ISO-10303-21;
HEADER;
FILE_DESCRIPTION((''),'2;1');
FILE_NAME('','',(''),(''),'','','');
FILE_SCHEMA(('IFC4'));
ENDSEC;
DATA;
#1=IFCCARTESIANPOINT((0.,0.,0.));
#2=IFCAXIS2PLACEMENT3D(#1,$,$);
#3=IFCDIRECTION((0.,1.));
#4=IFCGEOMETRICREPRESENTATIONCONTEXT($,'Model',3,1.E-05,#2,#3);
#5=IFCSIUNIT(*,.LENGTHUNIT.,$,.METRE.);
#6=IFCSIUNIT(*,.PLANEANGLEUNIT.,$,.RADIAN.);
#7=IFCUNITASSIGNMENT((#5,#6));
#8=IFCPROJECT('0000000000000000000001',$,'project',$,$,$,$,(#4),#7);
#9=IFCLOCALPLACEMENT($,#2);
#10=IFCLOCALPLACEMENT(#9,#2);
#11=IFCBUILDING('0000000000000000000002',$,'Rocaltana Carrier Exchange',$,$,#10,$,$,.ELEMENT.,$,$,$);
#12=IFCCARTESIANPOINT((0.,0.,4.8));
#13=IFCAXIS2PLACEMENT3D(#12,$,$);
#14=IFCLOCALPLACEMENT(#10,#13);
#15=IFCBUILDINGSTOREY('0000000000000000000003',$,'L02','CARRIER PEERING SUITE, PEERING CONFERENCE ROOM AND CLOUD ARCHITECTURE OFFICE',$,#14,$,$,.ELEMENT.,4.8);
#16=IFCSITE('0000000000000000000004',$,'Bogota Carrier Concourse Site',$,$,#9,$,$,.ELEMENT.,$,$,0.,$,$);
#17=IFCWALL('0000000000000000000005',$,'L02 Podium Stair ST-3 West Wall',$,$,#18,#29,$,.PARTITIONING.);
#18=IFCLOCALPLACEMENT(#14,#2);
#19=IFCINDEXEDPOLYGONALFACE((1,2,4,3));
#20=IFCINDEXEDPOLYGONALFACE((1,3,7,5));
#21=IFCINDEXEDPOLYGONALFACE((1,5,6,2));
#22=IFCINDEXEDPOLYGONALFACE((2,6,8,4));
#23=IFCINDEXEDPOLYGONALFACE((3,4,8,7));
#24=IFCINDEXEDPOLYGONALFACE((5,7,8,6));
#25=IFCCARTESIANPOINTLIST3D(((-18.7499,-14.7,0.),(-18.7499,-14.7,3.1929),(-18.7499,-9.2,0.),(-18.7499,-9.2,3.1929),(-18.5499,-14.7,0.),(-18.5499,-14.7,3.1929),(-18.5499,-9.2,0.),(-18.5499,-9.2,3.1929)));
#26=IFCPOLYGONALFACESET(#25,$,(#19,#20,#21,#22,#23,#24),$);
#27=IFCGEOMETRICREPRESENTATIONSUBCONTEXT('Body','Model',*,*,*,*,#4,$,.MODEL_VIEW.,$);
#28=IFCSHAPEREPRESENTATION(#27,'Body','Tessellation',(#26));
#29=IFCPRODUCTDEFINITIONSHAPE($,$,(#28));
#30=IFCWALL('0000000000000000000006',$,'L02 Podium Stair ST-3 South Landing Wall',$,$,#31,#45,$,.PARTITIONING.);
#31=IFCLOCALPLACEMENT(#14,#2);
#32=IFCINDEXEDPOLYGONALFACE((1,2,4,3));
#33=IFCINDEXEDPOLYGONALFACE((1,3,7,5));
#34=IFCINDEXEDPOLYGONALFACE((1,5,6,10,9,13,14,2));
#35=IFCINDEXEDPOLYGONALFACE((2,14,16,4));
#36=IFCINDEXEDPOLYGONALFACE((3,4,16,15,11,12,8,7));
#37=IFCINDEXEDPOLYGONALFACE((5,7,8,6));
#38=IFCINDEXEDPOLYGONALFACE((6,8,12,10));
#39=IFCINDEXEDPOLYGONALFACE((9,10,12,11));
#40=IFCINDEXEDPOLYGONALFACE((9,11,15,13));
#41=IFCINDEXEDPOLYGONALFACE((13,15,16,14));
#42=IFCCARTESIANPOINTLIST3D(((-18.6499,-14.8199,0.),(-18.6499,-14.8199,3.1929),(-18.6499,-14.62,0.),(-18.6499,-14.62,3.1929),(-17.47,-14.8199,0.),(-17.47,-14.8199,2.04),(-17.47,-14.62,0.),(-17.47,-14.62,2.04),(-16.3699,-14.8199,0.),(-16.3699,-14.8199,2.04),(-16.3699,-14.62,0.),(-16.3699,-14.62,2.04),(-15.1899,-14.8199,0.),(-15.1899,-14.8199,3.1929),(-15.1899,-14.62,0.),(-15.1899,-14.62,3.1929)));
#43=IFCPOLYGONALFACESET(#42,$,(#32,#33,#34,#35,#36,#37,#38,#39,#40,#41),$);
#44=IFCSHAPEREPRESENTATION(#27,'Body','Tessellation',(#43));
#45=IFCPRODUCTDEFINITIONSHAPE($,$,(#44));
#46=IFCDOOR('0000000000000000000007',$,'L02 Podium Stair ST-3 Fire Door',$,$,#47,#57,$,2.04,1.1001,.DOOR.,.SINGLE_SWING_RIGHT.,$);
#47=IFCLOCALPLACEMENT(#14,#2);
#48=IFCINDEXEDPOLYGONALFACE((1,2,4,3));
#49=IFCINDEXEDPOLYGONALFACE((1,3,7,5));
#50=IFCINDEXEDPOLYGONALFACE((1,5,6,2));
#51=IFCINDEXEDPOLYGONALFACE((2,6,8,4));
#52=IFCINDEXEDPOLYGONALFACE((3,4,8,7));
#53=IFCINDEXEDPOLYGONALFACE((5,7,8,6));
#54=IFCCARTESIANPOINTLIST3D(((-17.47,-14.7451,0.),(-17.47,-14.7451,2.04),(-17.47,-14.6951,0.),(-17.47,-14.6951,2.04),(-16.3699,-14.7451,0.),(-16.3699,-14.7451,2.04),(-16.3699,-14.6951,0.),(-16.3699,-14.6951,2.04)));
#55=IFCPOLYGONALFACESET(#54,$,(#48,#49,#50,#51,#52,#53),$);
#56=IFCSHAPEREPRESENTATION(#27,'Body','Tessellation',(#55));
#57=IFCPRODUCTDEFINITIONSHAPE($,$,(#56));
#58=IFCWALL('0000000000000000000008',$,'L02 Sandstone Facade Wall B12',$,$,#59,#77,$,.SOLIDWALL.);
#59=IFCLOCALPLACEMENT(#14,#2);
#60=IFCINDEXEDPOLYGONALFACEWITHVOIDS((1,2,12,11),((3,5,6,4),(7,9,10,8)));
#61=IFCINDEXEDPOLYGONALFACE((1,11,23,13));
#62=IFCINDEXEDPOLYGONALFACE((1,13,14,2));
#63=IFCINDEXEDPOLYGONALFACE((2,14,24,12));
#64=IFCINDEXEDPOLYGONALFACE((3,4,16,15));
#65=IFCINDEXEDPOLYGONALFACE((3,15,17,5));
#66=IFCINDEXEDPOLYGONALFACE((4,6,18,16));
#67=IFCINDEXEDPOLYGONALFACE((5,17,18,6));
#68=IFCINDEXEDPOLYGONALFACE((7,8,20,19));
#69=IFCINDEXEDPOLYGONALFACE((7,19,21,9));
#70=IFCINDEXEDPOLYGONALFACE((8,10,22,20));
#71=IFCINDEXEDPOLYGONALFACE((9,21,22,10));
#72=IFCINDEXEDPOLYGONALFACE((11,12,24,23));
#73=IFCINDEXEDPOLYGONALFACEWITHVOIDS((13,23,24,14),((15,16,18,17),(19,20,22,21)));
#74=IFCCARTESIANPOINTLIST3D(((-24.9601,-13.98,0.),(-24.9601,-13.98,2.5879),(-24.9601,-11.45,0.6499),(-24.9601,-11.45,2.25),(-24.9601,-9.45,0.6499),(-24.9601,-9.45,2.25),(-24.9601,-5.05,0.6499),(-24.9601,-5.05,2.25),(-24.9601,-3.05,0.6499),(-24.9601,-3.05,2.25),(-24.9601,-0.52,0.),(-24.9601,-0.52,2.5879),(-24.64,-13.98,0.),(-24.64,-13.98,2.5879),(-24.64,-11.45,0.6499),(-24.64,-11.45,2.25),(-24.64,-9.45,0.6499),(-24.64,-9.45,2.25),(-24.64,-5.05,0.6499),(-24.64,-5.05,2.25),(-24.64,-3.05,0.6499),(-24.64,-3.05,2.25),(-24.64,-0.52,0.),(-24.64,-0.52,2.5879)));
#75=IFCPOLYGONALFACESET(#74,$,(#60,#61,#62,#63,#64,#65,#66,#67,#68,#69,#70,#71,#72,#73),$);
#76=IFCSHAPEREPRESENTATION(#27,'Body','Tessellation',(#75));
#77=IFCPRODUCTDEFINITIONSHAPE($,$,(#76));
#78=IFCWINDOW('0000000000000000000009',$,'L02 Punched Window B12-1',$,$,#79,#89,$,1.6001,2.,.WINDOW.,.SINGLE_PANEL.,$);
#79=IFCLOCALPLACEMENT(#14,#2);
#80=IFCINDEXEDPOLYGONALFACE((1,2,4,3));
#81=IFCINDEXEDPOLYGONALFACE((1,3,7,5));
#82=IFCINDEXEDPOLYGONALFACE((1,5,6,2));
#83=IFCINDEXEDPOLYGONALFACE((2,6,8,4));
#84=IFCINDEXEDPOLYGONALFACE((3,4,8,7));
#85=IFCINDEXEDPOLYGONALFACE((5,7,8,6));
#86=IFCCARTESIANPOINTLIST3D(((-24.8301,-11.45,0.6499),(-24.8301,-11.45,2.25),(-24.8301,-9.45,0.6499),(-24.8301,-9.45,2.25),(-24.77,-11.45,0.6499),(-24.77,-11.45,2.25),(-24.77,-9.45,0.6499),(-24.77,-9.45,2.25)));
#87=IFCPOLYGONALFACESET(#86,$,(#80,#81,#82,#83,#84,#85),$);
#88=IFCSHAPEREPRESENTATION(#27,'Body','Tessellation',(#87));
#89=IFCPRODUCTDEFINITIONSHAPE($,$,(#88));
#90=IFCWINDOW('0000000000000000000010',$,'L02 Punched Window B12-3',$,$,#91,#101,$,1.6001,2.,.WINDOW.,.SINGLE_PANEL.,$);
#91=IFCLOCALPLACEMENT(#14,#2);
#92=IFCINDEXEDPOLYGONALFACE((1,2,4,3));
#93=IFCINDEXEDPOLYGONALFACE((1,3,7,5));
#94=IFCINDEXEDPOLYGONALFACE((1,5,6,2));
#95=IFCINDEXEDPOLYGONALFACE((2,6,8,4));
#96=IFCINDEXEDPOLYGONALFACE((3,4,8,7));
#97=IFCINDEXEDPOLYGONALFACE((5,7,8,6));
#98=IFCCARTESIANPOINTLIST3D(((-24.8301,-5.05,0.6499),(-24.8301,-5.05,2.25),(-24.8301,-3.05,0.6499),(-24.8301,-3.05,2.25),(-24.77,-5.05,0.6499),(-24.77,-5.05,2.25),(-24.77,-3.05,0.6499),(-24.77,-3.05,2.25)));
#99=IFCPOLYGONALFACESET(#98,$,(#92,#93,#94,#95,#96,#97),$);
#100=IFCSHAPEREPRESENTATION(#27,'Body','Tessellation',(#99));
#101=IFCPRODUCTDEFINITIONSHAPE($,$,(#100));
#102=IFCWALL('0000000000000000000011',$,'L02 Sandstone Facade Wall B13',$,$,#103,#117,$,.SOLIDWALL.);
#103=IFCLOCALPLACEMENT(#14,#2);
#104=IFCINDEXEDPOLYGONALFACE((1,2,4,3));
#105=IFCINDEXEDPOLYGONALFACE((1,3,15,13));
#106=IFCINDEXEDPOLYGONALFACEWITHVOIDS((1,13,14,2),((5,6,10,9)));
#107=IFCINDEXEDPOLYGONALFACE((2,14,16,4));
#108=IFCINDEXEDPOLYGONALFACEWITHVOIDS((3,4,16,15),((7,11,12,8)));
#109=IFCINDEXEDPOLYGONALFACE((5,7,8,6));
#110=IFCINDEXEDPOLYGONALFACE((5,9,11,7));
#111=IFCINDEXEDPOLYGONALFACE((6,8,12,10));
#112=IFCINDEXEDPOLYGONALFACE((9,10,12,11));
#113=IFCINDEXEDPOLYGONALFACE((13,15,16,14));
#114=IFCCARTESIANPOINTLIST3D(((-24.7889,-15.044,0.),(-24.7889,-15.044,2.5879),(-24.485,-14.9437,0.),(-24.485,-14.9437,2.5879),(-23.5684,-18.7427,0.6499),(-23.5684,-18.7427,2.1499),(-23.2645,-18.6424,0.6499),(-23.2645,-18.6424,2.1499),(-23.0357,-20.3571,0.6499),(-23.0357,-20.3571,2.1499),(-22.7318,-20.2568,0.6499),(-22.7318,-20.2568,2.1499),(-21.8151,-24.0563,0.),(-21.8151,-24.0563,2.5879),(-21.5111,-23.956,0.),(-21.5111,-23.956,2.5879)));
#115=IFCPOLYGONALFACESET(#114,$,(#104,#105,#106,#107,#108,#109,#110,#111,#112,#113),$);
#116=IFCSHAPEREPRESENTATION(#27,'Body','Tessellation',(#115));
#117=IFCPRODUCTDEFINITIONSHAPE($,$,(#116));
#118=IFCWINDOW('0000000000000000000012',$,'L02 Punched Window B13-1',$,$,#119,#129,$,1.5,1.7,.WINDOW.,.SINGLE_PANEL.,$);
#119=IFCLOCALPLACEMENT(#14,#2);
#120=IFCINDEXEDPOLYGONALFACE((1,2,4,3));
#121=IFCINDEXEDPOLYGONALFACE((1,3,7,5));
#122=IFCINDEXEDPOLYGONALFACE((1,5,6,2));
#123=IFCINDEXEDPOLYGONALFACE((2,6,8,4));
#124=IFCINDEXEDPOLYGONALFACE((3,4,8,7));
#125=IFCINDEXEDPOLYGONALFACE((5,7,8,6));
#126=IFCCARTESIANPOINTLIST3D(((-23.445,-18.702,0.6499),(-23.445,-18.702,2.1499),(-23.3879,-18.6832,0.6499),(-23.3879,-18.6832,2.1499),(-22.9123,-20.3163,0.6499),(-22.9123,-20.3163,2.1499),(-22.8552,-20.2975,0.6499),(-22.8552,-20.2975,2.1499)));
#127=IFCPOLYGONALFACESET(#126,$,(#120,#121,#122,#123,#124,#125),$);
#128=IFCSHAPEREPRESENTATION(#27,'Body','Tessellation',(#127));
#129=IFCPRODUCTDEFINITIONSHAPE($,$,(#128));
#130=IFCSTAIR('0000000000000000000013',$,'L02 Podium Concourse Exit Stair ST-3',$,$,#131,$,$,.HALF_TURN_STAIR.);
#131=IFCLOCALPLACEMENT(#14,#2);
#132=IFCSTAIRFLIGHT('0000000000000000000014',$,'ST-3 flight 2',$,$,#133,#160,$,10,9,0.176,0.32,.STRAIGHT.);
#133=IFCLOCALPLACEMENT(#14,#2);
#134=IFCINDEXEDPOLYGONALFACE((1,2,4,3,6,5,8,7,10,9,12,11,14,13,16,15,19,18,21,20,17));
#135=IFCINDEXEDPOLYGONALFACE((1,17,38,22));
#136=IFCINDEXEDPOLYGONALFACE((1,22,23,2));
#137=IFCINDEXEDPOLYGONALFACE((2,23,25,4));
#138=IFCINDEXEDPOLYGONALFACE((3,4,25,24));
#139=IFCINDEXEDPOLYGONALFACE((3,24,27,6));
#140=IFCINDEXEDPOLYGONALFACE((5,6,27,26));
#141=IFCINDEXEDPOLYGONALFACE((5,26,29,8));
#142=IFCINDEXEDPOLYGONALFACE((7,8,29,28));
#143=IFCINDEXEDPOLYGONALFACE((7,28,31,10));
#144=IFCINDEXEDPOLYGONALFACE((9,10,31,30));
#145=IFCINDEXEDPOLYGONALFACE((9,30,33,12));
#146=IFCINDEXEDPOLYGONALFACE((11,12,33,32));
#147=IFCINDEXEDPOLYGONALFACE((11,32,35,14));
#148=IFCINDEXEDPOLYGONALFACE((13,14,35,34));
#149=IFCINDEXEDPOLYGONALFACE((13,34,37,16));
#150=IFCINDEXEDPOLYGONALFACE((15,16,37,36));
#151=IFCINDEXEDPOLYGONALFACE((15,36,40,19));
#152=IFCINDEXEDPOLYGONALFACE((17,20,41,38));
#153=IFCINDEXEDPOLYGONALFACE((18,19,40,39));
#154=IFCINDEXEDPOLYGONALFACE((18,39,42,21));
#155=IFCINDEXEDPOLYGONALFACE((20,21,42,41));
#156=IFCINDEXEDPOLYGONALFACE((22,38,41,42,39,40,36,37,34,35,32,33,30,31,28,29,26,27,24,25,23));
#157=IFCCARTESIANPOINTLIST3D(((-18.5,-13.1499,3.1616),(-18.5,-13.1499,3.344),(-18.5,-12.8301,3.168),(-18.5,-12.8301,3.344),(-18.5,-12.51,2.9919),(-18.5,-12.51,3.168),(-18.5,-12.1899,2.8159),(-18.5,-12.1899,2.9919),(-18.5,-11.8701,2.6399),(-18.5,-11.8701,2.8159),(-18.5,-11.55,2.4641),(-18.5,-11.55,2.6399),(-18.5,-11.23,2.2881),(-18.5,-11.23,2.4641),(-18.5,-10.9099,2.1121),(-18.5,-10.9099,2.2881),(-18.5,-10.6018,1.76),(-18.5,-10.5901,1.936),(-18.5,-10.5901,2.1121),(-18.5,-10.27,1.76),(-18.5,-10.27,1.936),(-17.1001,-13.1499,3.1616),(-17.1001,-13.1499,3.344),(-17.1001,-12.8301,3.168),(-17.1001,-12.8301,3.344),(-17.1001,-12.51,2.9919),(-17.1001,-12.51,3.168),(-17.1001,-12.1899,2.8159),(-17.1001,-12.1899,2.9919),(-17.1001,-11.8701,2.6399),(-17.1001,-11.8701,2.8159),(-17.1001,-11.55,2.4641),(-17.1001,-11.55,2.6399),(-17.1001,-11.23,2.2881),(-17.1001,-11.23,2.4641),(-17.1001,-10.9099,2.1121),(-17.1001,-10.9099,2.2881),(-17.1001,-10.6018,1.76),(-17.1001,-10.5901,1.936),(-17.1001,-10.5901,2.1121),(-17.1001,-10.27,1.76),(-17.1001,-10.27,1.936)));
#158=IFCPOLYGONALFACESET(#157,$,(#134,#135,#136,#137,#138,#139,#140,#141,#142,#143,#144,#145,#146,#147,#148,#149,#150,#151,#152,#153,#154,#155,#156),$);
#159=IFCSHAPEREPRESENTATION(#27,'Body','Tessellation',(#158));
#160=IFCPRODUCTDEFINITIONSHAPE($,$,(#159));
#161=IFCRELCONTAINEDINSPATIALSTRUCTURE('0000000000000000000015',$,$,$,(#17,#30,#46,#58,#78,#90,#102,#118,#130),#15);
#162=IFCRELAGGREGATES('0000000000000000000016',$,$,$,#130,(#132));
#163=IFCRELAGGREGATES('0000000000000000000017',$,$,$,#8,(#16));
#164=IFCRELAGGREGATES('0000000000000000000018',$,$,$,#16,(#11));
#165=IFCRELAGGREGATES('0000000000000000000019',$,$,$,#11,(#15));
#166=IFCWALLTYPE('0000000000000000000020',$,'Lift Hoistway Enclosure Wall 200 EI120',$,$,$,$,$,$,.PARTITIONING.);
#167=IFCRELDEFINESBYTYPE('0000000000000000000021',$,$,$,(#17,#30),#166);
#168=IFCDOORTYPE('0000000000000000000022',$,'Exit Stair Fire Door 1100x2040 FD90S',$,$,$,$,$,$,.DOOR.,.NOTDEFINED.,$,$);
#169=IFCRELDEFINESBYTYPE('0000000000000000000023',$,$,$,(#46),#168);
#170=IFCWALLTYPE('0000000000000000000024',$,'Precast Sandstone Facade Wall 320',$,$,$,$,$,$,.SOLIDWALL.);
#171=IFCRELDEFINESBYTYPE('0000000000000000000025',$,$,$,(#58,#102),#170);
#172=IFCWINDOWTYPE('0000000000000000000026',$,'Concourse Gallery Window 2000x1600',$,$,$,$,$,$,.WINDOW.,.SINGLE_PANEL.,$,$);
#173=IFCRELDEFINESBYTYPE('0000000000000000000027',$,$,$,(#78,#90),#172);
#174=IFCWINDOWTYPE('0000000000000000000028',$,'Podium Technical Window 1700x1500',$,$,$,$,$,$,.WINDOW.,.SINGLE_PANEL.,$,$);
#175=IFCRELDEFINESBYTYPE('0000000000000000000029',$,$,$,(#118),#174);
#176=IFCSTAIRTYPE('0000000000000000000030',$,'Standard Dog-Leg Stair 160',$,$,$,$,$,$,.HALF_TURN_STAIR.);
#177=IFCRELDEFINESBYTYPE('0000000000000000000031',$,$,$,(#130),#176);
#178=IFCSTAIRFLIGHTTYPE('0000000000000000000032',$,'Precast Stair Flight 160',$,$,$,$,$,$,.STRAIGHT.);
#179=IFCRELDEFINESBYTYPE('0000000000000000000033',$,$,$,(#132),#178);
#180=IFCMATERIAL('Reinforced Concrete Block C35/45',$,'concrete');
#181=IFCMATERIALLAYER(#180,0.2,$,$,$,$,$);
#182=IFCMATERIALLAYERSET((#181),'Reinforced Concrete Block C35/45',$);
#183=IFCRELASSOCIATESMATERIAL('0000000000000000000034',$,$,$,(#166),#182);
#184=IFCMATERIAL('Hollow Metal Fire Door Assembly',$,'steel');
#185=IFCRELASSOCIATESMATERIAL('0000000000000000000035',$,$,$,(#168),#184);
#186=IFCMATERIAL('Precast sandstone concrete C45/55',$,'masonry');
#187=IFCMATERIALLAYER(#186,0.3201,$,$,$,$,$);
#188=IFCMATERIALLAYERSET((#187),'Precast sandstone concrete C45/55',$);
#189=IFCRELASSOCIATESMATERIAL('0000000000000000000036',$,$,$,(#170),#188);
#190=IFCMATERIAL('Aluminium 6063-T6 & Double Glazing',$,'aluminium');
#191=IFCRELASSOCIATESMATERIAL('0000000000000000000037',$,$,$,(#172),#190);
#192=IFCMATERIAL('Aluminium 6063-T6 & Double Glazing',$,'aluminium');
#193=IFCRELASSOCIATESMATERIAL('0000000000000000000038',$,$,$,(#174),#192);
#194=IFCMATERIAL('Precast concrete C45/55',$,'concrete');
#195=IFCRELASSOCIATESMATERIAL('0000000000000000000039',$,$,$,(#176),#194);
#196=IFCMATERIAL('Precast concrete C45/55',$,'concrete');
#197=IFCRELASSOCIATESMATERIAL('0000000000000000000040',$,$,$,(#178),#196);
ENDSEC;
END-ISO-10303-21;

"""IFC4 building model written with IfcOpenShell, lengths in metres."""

from ifc_helpers import new_model, si_unit, direction, frame, frame_2d, origin, place, context, subcontext, project, spatial, polyline, rectangle, outline, extrude, material, layer, layer_set, type_object, element, fill, aggregate, save


model = new_model("IFC4")

# Units and contexts
model_context = context("Model", 3, precision=1e-05, world=origin(), true_north=direction((0.0, 1.0)))
body_context = subcontext(model_context, "Body", "Model", "MODEL_VIEW")
ifc_project = project(units=[si_unit("LENGTHUNIT", "METRE"), si_unit("PLANEANGLEUNIT", "RADIAN")], contexts=[model_context])

# Site, building, storey
site_placement = place(None, origin())
site = spatial("IfcSite", under=ifc_project, at=site_placement, Name="Bogota Carrier Concourse Site", CompositionType="ELEMENT", RefElevation=0.0)
building_placement = place(site_placement, origin())
building = spatial("IfcBuilding", under=site, at=building_placement, Name="Rocaltana Carrier Exchange", CompositionType="ELEMENT")
storey_placement = place(building_placement, frame((0.0, 0.0, 4.8)))
storey = spatial("IfcBuildingStorey", under=building, at=storey_placement, Name="L02", Description="CARRIER PEERING SUITE, PEERING CONFERENCE ROOM AND CLOUD ARCHITECTURE OFFICE", CompositionType="ELEMENT", Elevation=4.8)

# Wall
ifc_material_1 = material(Name="Reinforced Concrete Block C35/45", Category="concrete")
ifc_layer_1 = layer(ifc_material_1, 0.2)
ifc_layer_set_1 = layer_set([ifc_layer_1], Name="Reinforced Concrete Block C35/45")
wall_type_1 = type_object("IfcWallType", Name="Lift Hoistway Enclosure Wall 200 EI120", PredefinedType="PARTITIONING", material=ifc_layer_set_1)
wall_1_placement = place(storey_placement, frame((-18.6499, -14.7, 0.0), z_axis=(0.0, 0.0, 1.0), x_axis=(0.0, 1.0, 0.0)))
element("IfcWall", 1, at=wall_1_placement, inside=storey, type_object=wall_type_1, Name="L02 Podium Stair ST-3 West Wall", PredefinedType="PARTITIONING", context=body_context, shape_type="SweptSolid", body=[
    extrude(rectangle(XDim=5.5, YDim=0.2, at=frame_2d((2.75, 0.0))), origin(), (0.0, 0.0, 1.0), 3.1929),
])

# Wall, opening, door
wall_2_placement = place(storey_placement, frame((-18.6499, -14.72, 0.0), z_axis=(0.0, 0.0, 1.0), x_axis=(1.0, 0.0, 0.0)))
wall_2 = element("IfcWall", 2, at=wall_2_placement, inside=storey, type_object=wall_type_1, Name="L02 Podium Stair ST-3 South Landing Wall", PredefinedType="PARTITIONING", context=body_context, shape_type="SweptSolid", body=[
    extrude(rectangle(XDim=3.46, YDim=0.2, at=frame_2d((1.73, 0.0))), origin(), (0.0, 0.0, 1.0), 3.1929),
])
opening_1_placement = place(wall_2_placement, frame((1.1799, 0.0, 0.0)))
opening_1 = element("IfcOpeningElement", 3, at=opening_1_placement, cuts=wall_2, PredefinedType="OPENING", context=body_context, shape_type="SweptSolid", body=[
    extrude(rectangle(XDim=1.1001, YDim=2.04, at=frame_2d((0.55, 1.02))), frame((0.0, 0.1099, 0.0), z_axis=(0.0, -1.0, 0.0), x_axis=(1.0, 0.0, 0.0)), (0.0, 0.0, 1.0), 0.22),
])
ifc_material_2 = material(Name="Hollow Metal Fire Door Assembly", Category="steel")
door_type = type_object("IfcDoorType", Name="Exit Stair Fire Door 1100x2040 FD90S", OperationType="NOTDEFINED", PredefinedType="DOOR", material=ifc_material_2)
door_placement = place(opening_1_placement, origin())
door = element("IfcDoor", 4, at=door_placement, inside=storey, type_object=door_type, Name="L02 Podium Stair ST-3 Fire Door", OperationType="SINGLE_SWING_RIGHT", OverallHeight=2.04, OverallWidth=1.1001, PredefinedType="DOOR", context=body_context, shape_type="SweptSolid", body=[
    extrude(rectangle(XDim=1.1001, YDim=2.04, at=frame_2d((0.55, 1.02))), frame((0.0, 0.0249, 0.0), z_axis=(0.0, -1.0, 0.0), x_axis=(1.0, 0.0, 0.0)), (0.0, 0.0, 1.0), 0.05),
])
fill(opening_1, door)

# Wall, openings, windows
ifc_material_3 = material(Name="Precast sandstone concrete C45/55", Category="masonry")
ifc_layer_2 = layer(ifc_material_3, 0.3201)
ifc_layer_set_2 = layer_set([ifc_layer_2], Name="Precast sandstone concrete C45/55")
wall_type_2 = type_object("IfcWallType", Name="Precast Sandstone Facade Wall 320", PredefinedType="SOLIDWALL", material=ifc_layer_set_2)
wall_3_placement = place(storey_placement, frame((-24.8, -13.98, 0.0), z_axis=(0.0, 0.0, 1.0), x_axis=(0.0, 1.0, 0.0)))
wall_3 = element("IfcWall", 5, at=wall_3_placement, inside=storey, type_object=wall_type_2, Name="L02 Sandstone Facade Wall B12", PredefinedType="SOLIDWALL", context=body_context, shape_type="SweptSolid", body=[
    extrude(rectangle(XDim=13.46, YDim=0.3201, at=frame_2d((6.73, 0.0))), origin(), (0.0, 0.0, 1.0), 2.5879),
])
opening_2_placement = place(wall_3_placement, frame((2.53, 0.0, 0.6499)))
opening_2 = element("IfcOpeningElement", 6, at=opening_2_placement, cuts=wall_3, PredefinedType="OPENING", context=body_context, shape_type="SweptSolid", body=[
    extrude(rectangle(XDim=2.0, YDim=1.6001, at=frame_2d((1.0, 0.8))), frame((0.0, 0.1699, 0.0), z_axis=(0.0, -1.0, 0.0), x_axis=(1.0, 0.0, 0.0)), (0.0, 0.0, 1.0), 0.3401),
])
opening_3_placement = place(wall_3_placement, frame((8.9299, 0.0, 0.6499)))
opening_3 = element("IfcOpeningElement", 7, at=opening_3_placement, cuts=wall_3, PredefinedType="OPENING", context=body_context, shape_type="SweptSolid", body=[
    extrude(rectangle(XDim=2.0, YDim=1.6001, at=frame_2d((1.0, 0.8))), frame((0.0, 0.1699, 0.0), z_axis=(0.0, -1.0, 0.0), x_axis=(1.0, 0.0, 0.0)), (0.0, 0.0, 1.0), 0.3401),
])
ifc_material_4 = material(Name="Aluminium 6063-T6 & Double Glazing", Category="aluminium")
window_type_1 = type_object("IfcWindowType", Name="Concourse Gallery Window 2000x1600", PartitioningType="SINGLE_PANEL", PredefinedType="WINDOW", material=ifc_material_4)
window_1_placement = place(opening_2_placement, origin())
window_1 = element("IfcWindow", 8, at=window_1_placement, inside=storey, type_object=window_type_1, Name="L02 Punched Window B12-1", OverallHeight=1.6001, OverallWidth=2.0, PartitioningType="SINGLE_PANEL", PredefinedType="WINDOW", context=body_context, shape_type="SweptSolid", body=[
    extrude(rectangle(XDim=2.0, YDim=1.6001, at=frame_2d((1.0, 0.8))), frame((0.0, 0.03, 0.0), z_axis=(0.0, -1.0, 0.0), x_axis=(1.0, 0.0, 0.0)), (0.0, 0.0, 1.0), 0.0601),
])
fill(opening_2, window_1)
window_2_placement = place(opening_3_placement, origin())
window_2 = element("IfcWindow", 9, at=window_2_placement, inside=storey, type_object=window_type_1, Name="L02 Punched Window B12-3", OverallHeight=1.6001, OverallWidth=2.0, PartitioningType="SINGLE_PANEL", PredefinedType="WINDOW", context=body_context, shape_type="SweptSolid", body=[
    extrude(rectangle(XDim=2.0, YDim=1.6001, at=frame_2d((1.0, 0.8))), frame((0.0, 0.03, 0.0), z_axis=(0.0, -1.0, 0.0), x_axis=(1.0, 0.0, 0.0)), (0.0, 0.0, 1.0), 0.0601),
])
fill(opening_3, window_2)

# Wall, opening, window
wall_4_placement = place(storey_placement, frame((-21.6631, -24.0061, 0.0), z_axis=(0.0, 0.0, 1.0), x_axis=(-0.313363, 0.949633, 0.0)))
wall_4 = element("IfcWall", 10, at=wall_4_placement, inside=storey, type_object=wall_type_2, Name="L02 Sandstone Facade Wall B13", PredefinedType="SOLIDWALL", context=body_context, shape_type="SweptSolid", body=[
    extrude(rectangle(XDim=9.4902, YDim=0.3201, at=frame_2d((4.7451, 0.0))), origin(), (0.0, 0.0, 1.0), 2.5879),
])
opening_4_placement = place(wall_4_placement, frame((3.8953, 0.0, 0.6499)))
opening_4 = element("IfcOpeningElement", 11, at=opening_4_placement, cuts=wall_4, PredefinedType="OPENING", context=body_context, shape_type="SweptSolid", body=[
    extrude(rectangle(XDim=1.7, YDim=1.5, at=frame_2d((0.8501, 0.75))), frame((0.0, 0.1699, 0.0), z_axis=(0.0, -1.0, 0.0), x_axis=(1.0, 0.0, 0.0)), (0.0, 0.0, 1.0), 0.3401),
])
ifc_material_5 = material(Name="Aluminium 6063-T6 & Double Glazing", Category="aluminium")
window_type_2 = type_object("IfcWindowType", Name="Podium Technical Window 1700x1500", PartitioningType="SINGLE_PANEL", PredefinedType="WINDOW", material=ifc_material_5)
window_3_placement = place(opening_4_placement, origin())
window_3 = element("IfcWindow", 12, at=window_3_placement, inside=storey, type_object=window_type_2, Name="L02 Punched Window B13-1", OverallHeight=1.5, OverallWidth=1.7, PartitioningType="SINGLE_PANEL", PredefinedType="WINDOW", context=body_context, shape_type="SweptSolid", body=[
    extrude(rectangle(XDim=1.7, YDim=1.5, at=frame_2d((0.8501, 0.75))), frame((0.0, 0.03, 0.0), z_axis=(0.0, -1.0, 0.0), x_axis=(1.0, 0.0, 0.0)), (0.0, 0.0, 1.0), 0.0601),
])
fill(opening_4, window_3)

# Stair, stair flight
ifc_material_6 = material(Name="Precast concrete C45/55", Category="concrete")
stair_type = type_object("IfcStairType", Name="Standard Dog-Leg Stair 160", PredefinedType="HALF_TURN_STAIR", material=ifc_material_6)
stair_placement = place(storey_placement, origin())
stair = element("IfcStair", 13, at=stair_placement, inside=storey, type_object=stair_type, Name="L02 Podium Concourse Exit Stair ST-3", PredefinedType="HALF_TURN_STAIR")
ifc_material_7 = material(Name="Precast concrete C45/55", Category="concrete")
stair_flight_type = type_object("IfcStairFlightType", Name="Precast Stair Flight 160", PredefinedType="STRAIGHT", material=ifc_material_7)
stair_flight_placement = place(storey_placement, frame((-17.8, -10.27, 1.76), z_axis=(0.0, 0.0, 1.0), x_axis=(0.0, -1.0, 0.0)))
stair_flight = element("IfcStairFlight", 14, at=stair_flight_placement, type_object=stair_flight_type, Name="ST-3 flight 2", NumberOfRisers=10, NumberOfTreads=9, PredefinedType="STRAIGHT", RiserHeight=0.176, TreadLength=0.32, context=body_context, shape_type="SweptSolid", body=[
    extrude(outline(polyline([(0.0, 0.0), (0.0, 0.176), (0.3201, 0.176), (0.3201, 0.3521), (0.6399, 0.3521), (0.6399, 0.5281), (0.96, 0.5281), (0.96, 0.7041), (1.28, 0.7041), (1.28, 0.8799), (1.6001, 0.8799), (1.6001, 1.0559), (1.9199, 1.0559), (1.9199, 1.2319), (2.24, 1.2319), (2.24, 1.408), (2.5601, 1.408), (2.5601, 1.584), (2.8799, 1.584), (2.8799, 1.76), (2.8799, 1.4016), (0.3318, 0.0), (0.0, 0.0)])), frame((0.0, 0.7, 0.0), z_axis=(0.0, -1.0, 0.0), x_axis=(1.0, 0.0, 0.0)), (0.0, 0.0, 1.0), 1.3999),
])
aggregate(stair, [stair_flight])

save(model, "model.ifc")
